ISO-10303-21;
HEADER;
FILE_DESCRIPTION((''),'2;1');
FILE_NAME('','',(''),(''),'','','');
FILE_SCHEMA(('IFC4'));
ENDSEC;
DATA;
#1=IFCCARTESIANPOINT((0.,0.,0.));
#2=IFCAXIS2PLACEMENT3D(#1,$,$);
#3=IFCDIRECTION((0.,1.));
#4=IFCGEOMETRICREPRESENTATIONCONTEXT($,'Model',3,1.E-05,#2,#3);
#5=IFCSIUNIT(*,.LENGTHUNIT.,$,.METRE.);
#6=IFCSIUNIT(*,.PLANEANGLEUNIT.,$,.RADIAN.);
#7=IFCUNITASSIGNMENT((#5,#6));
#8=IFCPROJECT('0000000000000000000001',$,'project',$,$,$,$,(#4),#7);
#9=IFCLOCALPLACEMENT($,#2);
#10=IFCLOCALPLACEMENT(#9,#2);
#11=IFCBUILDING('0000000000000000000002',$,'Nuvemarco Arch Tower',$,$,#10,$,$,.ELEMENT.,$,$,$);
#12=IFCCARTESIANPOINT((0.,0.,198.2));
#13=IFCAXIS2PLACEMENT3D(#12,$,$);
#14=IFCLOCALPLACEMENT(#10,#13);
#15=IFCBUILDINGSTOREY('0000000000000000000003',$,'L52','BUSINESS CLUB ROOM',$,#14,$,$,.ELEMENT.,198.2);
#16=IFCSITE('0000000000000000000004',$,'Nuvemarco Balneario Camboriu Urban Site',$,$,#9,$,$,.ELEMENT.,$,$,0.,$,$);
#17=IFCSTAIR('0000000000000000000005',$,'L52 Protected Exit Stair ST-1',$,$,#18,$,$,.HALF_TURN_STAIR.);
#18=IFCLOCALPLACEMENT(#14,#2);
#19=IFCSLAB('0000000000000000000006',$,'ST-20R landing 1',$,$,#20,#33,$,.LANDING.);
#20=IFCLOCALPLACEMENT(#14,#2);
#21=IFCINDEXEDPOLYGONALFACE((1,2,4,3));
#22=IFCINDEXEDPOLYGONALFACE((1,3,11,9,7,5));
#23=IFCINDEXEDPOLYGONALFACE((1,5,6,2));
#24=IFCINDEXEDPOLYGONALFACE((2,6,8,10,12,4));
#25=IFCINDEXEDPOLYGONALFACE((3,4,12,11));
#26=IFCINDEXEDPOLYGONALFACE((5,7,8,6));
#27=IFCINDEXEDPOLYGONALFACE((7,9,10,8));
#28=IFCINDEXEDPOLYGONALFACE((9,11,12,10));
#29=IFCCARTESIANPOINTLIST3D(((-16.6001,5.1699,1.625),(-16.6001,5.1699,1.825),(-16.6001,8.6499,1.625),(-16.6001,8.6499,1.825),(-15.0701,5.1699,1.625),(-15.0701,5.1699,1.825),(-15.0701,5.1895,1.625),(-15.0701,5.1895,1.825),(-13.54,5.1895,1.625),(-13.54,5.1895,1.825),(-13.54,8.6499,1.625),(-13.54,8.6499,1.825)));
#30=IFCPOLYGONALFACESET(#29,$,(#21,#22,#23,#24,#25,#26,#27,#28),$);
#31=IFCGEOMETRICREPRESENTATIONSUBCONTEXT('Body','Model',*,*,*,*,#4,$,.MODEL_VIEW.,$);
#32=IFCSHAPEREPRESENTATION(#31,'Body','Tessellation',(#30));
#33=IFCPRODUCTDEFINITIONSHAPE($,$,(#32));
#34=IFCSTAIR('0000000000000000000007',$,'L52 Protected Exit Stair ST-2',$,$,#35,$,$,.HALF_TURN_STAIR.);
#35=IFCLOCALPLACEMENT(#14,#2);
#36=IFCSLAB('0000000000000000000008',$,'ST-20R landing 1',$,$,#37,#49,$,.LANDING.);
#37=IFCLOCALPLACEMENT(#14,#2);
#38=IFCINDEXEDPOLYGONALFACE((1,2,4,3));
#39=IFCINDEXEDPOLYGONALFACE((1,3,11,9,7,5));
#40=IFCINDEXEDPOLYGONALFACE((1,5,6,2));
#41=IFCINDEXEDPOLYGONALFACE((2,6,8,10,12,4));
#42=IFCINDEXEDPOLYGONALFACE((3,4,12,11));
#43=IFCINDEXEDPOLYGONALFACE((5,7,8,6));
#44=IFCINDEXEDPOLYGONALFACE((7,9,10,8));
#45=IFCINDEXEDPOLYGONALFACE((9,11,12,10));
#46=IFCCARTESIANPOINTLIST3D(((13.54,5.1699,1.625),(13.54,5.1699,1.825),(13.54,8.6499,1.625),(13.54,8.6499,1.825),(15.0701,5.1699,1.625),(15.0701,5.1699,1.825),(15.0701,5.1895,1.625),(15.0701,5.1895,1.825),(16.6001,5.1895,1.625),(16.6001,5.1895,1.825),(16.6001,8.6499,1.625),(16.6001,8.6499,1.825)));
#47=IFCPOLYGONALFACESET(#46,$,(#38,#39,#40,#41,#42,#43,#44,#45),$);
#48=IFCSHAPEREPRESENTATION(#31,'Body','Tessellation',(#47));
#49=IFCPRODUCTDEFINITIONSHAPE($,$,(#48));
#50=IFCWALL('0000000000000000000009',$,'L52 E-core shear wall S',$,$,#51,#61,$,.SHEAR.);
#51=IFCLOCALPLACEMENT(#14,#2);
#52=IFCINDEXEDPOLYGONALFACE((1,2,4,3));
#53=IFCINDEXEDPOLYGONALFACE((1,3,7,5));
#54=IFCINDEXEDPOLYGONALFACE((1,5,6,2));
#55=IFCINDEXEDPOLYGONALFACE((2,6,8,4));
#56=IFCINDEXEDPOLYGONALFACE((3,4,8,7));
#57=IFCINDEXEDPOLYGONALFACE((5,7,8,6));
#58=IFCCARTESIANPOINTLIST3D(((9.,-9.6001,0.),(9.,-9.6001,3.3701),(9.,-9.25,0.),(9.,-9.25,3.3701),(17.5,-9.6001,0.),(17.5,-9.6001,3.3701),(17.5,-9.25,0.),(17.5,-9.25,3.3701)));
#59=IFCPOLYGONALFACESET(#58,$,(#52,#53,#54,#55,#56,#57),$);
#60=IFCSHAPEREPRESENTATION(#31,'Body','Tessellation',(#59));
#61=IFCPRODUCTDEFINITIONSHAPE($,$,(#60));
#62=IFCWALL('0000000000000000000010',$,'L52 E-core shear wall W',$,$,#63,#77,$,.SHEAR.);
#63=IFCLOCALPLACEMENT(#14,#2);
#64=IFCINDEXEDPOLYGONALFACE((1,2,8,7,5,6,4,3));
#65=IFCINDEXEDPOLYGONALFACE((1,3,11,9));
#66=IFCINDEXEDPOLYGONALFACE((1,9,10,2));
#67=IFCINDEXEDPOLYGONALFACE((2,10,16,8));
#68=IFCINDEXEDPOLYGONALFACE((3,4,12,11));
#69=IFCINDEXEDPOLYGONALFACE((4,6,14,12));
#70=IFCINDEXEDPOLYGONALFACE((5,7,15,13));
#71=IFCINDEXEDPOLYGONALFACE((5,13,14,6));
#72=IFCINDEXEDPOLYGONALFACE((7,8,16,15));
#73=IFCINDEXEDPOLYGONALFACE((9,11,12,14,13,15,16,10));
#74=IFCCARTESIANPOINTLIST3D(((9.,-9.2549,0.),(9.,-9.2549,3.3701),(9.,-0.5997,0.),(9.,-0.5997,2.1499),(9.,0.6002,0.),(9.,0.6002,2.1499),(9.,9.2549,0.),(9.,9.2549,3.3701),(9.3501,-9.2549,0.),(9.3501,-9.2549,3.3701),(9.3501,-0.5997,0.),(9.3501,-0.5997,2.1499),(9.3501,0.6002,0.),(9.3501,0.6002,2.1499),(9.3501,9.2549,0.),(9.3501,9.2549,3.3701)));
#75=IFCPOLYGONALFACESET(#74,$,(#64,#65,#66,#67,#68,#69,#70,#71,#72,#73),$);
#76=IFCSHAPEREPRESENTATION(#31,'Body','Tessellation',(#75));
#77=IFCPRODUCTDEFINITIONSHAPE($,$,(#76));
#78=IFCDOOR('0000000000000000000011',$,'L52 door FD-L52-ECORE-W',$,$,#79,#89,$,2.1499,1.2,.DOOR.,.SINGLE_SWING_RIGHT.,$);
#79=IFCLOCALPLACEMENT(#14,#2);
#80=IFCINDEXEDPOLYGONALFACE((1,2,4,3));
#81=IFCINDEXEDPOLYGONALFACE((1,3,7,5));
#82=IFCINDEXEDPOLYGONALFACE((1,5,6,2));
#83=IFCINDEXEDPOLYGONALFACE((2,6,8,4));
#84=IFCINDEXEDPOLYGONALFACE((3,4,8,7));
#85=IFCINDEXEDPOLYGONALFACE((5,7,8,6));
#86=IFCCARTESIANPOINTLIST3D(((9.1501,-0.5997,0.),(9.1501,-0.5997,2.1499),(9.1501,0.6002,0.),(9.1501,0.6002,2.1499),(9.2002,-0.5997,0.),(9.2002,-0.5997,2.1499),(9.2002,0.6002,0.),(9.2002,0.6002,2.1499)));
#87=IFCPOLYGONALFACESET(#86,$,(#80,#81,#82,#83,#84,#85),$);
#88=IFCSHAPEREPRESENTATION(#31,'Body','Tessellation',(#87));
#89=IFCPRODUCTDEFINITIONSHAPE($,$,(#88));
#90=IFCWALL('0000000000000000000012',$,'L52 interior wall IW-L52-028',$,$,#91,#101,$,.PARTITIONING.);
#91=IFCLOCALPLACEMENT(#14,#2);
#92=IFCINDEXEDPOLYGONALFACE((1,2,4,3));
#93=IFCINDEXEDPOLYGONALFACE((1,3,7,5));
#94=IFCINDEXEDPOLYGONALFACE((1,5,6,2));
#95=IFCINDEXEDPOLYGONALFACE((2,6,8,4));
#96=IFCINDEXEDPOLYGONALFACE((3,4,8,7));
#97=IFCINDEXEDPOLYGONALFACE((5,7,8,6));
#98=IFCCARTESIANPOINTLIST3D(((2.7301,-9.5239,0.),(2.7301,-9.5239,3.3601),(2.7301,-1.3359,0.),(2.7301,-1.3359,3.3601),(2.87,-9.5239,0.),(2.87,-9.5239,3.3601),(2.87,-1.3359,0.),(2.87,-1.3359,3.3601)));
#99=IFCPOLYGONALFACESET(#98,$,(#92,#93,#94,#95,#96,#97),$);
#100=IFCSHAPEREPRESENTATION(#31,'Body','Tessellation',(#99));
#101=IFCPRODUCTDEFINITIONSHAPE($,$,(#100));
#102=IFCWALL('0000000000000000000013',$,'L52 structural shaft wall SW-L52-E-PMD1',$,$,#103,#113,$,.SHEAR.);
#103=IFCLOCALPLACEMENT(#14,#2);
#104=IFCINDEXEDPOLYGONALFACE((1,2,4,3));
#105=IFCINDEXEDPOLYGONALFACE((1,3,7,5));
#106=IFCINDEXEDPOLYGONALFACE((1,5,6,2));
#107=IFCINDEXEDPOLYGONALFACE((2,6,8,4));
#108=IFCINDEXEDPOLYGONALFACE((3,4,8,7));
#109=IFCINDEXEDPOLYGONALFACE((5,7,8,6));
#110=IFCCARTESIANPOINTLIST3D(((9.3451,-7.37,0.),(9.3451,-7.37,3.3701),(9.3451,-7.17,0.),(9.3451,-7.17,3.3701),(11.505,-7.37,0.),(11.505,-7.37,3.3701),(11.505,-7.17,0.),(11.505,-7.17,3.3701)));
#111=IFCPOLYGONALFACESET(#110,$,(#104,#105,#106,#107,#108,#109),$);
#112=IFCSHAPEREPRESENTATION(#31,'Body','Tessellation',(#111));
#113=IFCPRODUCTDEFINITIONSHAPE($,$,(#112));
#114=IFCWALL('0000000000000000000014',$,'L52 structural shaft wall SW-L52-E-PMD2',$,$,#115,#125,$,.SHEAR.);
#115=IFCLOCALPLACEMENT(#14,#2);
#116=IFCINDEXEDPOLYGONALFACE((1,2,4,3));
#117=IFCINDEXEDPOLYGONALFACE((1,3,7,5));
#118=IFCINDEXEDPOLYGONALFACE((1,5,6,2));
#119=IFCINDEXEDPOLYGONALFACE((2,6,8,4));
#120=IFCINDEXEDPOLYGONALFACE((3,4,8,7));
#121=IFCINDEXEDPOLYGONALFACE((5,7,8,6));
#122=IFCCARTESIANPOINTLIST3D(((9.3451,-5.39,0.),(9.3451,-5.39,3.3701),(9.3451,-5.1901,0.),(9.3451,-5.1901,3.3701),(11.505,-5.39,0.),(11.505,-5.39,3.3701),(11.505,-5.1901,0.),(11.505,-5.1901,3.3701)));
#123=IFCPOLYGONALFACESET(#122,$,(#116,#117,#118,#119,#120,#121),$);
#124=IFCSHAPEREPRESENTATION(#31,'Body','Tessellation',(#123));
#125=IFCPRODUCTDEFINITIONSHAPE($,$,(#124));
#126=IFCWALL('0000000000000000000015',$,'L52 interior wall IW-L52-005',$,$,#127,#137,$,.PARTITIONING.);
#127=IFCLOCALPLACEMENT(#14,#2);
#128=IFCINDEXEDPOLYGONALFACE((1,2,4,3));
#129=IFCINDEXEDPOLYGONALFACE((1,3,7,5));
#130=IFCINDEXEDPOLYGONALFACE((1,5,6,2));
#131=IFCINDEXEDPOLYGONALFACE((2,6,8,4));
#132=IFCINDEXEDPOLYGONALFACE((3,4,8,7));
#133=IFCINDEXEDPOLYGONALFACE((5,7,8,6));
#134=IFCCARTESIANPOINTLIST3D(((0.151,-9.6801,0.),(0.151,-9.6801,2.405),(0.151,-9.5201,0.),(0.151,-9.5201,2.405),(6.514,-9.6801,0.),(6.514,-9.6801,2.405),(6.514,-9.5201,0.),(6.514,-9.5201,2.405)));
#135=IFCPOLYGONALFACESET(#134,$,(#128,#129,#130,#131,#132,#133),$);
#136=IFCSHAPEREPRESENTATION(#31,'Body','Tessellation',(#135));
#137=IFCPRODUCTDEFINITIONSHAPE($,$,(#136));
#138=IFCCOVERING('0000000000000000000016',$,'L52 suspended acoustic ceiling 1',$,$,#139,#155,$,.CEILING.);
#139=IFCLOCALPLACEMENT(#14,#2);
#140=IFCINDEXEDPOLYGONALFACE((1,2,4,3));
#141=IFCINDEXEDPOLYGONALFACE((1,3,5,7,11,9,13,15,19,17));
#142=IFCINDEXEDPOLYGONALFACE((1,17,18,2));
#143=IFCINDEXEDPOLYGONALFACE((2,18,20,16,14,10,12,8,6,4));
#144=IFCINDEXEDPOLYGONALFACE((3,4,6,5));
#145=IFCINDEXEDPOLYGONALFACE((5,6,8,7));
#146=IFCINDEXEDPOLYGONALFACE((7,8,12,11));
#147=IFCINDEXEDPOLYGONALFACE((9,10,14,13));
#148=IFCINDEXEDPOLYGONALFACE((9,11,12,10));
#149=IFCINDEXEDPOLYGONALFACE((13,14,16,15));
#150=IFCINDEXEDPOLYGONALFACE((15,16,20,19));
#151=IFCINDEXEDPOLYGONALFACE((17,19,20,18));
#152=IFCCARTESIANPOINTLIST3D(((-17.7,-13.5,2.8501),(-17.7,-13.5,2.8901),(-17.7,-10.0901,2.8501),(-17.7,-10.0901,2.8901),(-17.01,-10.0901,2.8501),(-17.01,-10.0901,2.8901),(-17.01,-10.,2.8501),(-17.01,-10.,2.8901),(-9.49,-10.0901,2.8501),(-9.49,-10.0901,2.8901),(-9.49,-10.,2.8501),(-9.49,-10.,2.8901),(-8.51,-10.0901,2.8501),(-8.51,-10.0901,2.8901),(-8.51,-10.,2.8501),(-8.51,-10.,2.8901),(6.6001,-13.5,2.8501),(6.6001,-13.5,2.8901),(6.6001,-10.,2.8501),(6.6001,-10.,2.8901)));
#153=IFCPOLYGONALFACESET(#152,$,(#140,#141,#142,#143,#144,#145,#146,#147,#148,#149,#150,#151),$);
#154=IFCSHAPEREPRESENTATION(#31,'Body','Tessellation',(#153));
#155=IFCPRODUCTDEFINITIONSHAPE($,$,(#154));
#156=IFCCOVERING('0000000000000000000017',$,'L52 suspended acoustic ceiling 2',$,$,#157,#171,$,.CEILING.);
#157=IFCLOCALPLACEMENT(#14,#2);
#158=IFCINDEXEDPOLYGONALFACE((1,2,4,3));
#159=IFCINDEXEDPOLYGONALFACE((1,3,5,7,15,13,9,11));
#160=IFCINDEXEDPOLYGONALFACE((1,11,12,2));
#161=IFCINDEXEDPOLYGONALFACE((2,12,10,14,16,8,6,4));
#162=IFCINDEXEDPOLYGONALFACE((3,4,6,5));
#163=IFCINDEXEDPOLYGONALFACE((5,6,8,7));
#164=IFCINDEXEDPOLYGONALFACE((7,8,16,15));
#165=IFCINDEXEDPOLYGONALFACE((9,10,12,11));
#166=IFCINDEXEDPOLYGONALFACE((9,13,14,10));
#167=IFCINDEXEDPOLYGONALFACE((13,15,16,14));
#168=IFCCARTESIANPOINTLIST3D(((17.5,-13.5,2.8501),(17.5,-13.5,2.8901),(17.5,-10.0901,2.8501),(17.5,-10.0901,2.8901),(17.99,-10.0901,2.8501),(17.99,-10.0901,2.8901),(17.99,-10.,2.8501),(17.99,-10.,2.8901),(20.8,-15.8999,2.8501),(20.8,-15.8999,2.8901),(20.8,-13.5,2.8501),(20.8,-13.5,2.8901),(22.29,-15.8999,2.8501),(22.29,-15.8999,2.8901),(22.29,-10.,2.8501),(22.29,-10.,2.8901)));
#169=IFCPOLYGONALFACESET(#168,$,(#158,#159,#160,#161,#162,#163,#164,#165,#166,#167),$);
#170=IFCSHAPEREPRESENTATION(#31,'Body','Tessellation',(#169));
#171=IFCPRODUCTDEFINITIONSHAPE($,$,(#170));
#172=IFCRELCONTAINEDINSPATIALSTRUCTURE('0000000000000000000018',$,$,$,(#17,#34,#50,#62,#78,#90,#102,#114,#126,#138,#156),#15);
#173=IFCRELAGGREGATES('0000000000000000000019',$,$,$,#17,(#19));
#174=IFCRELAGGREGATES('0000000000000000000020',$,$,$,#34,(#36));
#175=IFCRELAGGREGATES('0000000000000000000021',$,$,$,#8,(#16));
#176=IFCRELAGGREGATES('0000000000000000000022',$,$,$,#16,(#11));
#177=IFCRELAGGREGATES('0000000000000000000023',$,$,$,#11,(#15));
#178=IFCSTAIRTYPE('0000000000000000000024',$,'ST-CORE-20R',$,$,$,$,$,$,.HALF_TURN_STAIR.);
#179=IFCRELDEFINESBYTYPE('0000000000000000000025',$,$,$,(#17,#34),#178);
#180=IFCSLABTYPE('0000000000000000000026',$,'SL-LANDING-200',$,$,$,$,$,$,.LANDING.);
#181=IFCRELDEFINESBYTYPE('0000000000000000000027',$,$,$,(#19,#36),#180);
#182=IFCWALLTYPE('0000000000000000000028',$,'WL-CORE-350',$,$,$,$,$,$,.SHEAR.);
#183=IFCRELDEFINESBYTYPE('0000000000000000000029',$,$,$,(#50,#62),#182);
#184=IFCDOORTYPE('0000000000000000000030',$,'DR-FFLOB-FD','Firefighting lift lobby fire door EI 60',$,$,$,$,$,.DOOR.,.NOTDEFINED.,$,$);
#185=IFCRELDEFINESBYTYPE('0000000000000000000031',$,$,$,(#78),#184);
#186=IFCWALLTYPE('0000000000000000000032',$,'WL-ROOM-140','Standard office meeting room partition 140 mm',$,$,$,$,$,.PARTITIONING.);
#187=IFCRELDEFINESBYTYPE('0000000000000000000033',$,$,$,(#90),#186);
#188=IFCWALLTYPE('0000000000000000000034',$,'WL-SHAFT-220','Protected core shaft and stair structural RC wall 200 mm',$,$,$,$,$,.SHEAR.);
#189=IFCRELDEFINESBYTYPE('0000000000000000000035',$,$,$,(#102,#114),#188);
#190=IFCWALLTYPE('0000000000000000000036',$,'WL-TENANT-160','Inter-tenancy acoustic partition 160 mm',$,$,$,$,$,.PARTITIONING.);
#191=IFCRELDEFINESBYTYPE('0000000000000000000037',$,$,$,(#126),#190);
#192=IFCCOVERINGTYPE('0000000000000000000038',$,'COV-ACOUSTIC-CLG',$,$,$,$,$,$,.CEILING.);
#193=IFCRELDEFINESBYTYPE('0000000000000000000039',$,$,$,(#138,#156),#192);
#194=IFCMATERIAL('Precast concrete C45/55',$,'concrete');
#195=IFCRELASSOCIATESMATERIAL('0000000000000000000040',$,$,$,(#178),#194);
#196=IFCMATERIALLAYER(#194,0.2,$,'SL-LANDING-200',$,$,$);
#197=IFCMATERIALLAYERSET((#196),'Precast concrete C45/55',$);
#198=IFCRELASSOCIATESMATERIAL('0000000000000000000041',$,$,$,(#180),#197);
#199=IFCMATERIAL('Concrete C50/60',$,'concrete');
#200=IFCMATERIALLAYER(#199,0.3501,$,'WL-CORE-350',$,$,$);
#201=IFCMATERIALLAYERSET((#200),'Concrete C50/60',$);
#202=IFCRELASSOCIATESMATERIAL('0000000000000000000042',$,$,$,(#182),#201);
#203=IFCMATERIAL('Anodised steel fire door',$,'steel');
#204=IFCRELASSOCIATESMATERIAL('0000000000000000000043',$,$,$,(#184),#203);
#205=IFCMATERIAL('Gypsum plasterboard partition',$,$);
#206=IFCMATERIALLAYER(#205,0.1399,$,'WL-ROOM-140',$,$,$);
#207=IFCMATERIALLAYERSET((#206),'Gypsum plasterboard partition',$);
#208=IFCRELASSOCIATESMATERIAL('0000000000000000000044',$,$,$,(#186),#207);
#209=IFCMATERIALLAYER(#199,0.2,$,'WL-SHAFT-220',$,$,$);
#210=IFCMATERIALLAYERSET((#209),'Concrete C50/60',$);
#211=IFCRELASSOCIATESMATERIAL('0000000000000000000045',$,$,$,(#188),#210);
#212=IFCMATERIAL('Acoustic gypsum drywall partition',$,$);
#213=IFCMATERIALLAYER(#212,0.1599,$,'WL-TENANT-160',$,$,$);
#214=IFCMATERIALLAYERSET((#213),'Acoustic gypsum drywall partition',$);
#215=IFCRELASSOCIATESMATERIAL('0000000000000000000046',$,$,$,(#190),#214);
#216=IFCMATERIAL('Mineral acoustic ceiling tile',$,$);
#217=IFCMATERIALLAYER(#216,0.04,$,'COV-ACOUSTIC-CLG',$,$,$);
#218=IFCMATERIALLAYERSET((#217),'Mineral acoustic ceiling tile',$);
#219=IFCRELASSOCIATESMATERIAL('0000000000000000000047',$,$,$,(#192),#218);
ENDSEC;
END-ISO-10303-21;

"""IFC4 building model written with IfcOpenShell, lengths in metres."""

from ifc_helpers import new_model, si_unit, direction, frame, frame_2d, origin, place, context, subcontext, project, spatial, polyline, rectangle, outline, extrude, source, transform, mapped, material, layer, layer_set, type_object, type_shapes, element, fill, aggregate, save


model = new_model("IFC4")

# Units and contexts
model_context = context("Model", 3, precision=1e-05, world=origin(), true_north=direction((0.0, 1.0)))
body_context = subcontext(model_context, "Body", "Model", "MODEL_VIEW")
ifc_project = project(units=[si_unit("LENGTHUNIT", "METRE"), si_unit("PLANEANGLEUNIT", "RADIAN")], contexts=[model_context])

# Site, building, storey
site_placement = place(None, origin())
site = spatial("IfcSite", under=ifc_project, at=site_placement, Name="Nuvemarco Balneario Camboriu Urban Site", CompositionType="ELEMENT", RefElevation=0.0)
building_placement = place(site_placement, origin())
building = spatial("IfcBuilding", under=site, at=building_placement, Name="Nuvemarco Arch Tower", CompositionType="ELEMENT")
storey_placement = place(building_placement, frame((0.0, 0.0, 198.2)))
storey = spatial("IfcBuildingStorey", under=building, at=storey_placement, Name="L52", Description="BUSINESS CLUB ROOM", CompositionType="ELEMENT", Elevation=198.2)

# Shared definitions
ifc_material_1 = material(Name="Concrete C50/60", Category="concrete")

# Stairs, slabs
ifc_material_2 = material(Name="Precast concrete C45/55", Category="concrete")
stair_type = type_object("IfcStairType", Name="ST-CORE-20R", PredefinedType="HALF_TURN_STAIR", material=ifc_material_2)
stair_1_placement = place(storey_placement, origin())
stair_1 = element("IfcStair", 1, at=stair_1_placement, inside=storey, type_object=stair_type, Name="L52 Protected Exit Stair ST-1", PredefinedType="HALF_TURN_STAIR")
ifc_layer_1 = layer(ifc_material_2, 0.2, Name="SL-LANDING-200")
ifc_layer_set_1 = layer_set([ifc_layer_1], Name="Precast concrete C45/55")
slab_type = type_object("IfcSlabType", Name="SL-LANDING-200", PredefinedType="LANDING", material=ifc_layer_set_1)
slab_1_placement = place(storey_placement, frame((0.0, 0.0, 1.625)))
slab_1 = element("IfcSlab", 2, at=slab_1_placement, type_object=slab_type, Name="ST-20R landing 1", PredefinedType="LANDING", context=body_context, shape_type="SweptSolid", body=[
    extrude(outline(polyline([(-13.54, 5.1895), (-13.54, 8.6499), (-16.6001, 8.6499), (-16.6001, 5.1699), (-15.0701, 5.1699), (-15.0701, 5.1895), (-13.54, 5.1895)])), origin(), (0.0, 0.0, 1.0), 0.2),
])
aggregate(stair_1, [slab_1])
stair_2_placement = place(storey_placement, origin())
stair_2 = element("IfcStair", 3, at=stair_2_placement, inside=storey, type_object=stair_type, Name="L52 Protected Exit Stair ST-2", PredefinedType="HALF_TURN_STAIR")
slab_2_placement = place(storey_placement, frame((0.0, 0.0, 1.625)))
slab_2 = element("IfcSlab", 4, at=slab_2_placement, type_object=slab_type, Name="ST-20R landing 1", PredefinedType="LANDING", context=body_context, shape_type="SweptSolid", body=[
    extrude(outline(polyline([(16.6001, 5.1895), (16.6001, 8.6499), (13.54, 8.6499), (13.54, 5.1699), (15.0701, 5.1699), (15.0701, 5.1895), (16.6001, 5.1895)])), origin(), (0.0, 0.0, 1.0), 0.2),
])
aggregate(stair_2, [slab_2])

# Wall
ifc_layer_2 = layer(ifc_material_1, 0.3501, Name="WL-CORE-350")
ifc_layer_set_2 = layer_set([ifc_layer_2], Name="Concrete C50/60")
wall_type_1 = type_object("IfcWallType", Name="WL-CORE-350", PredefinedType="SHEAR", material=ifc_layer_set_2)
wall_1_placement = place(storey_placement, frame((9.0, -9.425, 0.0), z_axis=(0.0, 0.0, 1.0), x_axis=(1.0, 0.0, 0.0)))
element("IfcWall", 5, at=wall_1_placement, inside=storey, type_object=wall_type_1, Name="L52 E-core shear wall S", PredefinedType="SHEAR", context=body_context, shape_type="SweptSolid", body=[
    extrude(rectangle(XDim=8.5, YDim=0.3501, at=frame_2d((4.25, 0.0))), origin(), (0.0, 0.0, 1.0), 3.3701),
])

# Wall, opening, door
wall_2_placement = place(storey_placement, frame((9.175, -9.2549, 0.0), z_axis=(0.0, 0.0, 1.0), x_axis=(0.0, 1.0, 0.0)))
wall_2 = element("IfcWall", 6, at=wall_2_placement, inside=storey, type_object=wall_type_1, Name="L52 E-core shear wall W", PredefinedType="SHEAR", context=body_context, shape_type="SweptSolid", body=[
    extrude(rectangle(XDim=18.5098, YDim=0.3501, at=frame_2d((9.2549, 0.0))), origin(), (0.0, 0.0, 1.0), 3.3701),
])
opening_placement = place(wall_2_placement, frame((8.655, 0.0, 0.0)))
opening = element("IfcOpeningElement", 7, at=opening_placement, cuts=wall_2, PredefinedType="OPENING", context=body_context, shape_type="SweptSolid", body=[
    extrude(rectangle(XDim=1.2, YDim=2.1499, at=frame_2d((0.6001, 1.075))), frame((0.0, 0.1851, 0.0), z_axis=(0.0, -1.0, 0.0), x_axis=(1.0, 0.0, 0.0)), (0.0, 0.0, 1.0), 0.3701),
])
ifc_material_3 = material(Name="Anodised steel fire door", Category="steel")
door_type = type_object("IfcDoorType", Name="DR-FFLOB-FD", Description="Firefighting lift lobby fire door EI 60", OperationType="NOTDEFINED", PredefinedType="DOOR", material=ifc_material_3)
shared_shape = source(origin(), body_context, "Body", "SweptSolid", [
    extrude(rectangle(XDim=1.2, YDim=2.1499, at=frame_2d((0.6001, 1.075))), frame((0.0, 0.0249, 0.0), z_axis=(0.0, -1.0, 0.0), x_axis=(1.0, 0.0, 0.0)), (0.0, 0.0, 1.0), 0.05),
])
type_shapes(door_type, [shared_shape])
door_placement = place(opening_placement, origin())
door = element("IfcDoor", 8, at=door_placement, inside=storey, type_object=door_type, Name="L52 door FD-L52-ECORE-W", OperationType="SINGLE_SWING_RIGHT", OverallHeight=2.1499, OverallWidth=1.2, PredefinedType="DOOR", context=body_context, shape_type="MappedRepresentation", body=[
    mapped(shared_shape, transform((0.0, 0.0, 0.0), scale=1.0)),
])
fill(opening, door)

# Walls
ifc_material_4 = material(Name="Gypsum plasterboard partition")
ifc_layer_3 = layer(ifc_material_4, 0.1399, Name="WL-ROOM-140")
ifc_layer_set_3 = layer_set([ifc_layer_3], Name="Gypsum plasterboard partition")
wall_type_2 = type_object("IfcWallType", Name="WL-ROOM-140", Description="Standard office meeting room partition 140 mm", PredefinedType="PARTITIONING", material=ifc_layer_set_3)
wall_3_placement = place(storey_placement, frame((2.8, -9.5239, 0.0), z_axis=(0.0, 0.0, 1.0), x_axis=(0.0, 1.0, 0.0)))
element("IfcWall", 9, at=wall_3_placement, inside=storey, type_object=wall_type_2, Name="L52 interior wall IW-L52-028", PredefinedType="PARTITIONING", context=body_context, shape_type="SweptSolid", body=[
    extrude(rectangle(XDim=8.188, YDim=0.1399, at=frame_2d((4.094, 0.0))), origin(), (0.0, 0.0, 1.0), 3.3601),
])
ifc_layer_4 = layer(ifc_material_1, 0.2, Name="WL-SHAFT-220")
ifc_layer_set_4 = layer_set([ifc_layer_4], Name="Concrete C50/60")
wall_type_3 = type_object("IfcWallType", Name="WL-SHAFT-220", Description="Protected core shaft and stair structural RC wall 200 mm", PredefinedType="SHEAR", material=ifc_layer_set_4)
for number, where, z_axis, x_axis, name in (
    (10, (9.345, -7.27, 0.0), (0.0, 0.0, 1.0), (1.0, 0.0, 0.0), "L52 structural shaft wall SW-L52-E-PMD1"),
    (11, (9.345, -5.29, 0.0), (0.0, 0.0, 1.0), (1.0, 0.0, 0.0), "L52 structural shaft wall SW-L52-E-PMD2"),
):
    element("IfcWall", number, at=place(storey_placement, frame(where, z_axis=z_axis, x_axis=x_axis)), inside=storey, type_object=wall_type_3, Name=name, PredefinedType="SHEAR", context=body_context, shape_type="SweptSolid", body=[
        extrude(rectangle(XDim=2.1599, YDim=0.2, at=frame_2d((1.0801, 0.0))), origin(), (0.0, 0.0, 1.0), 3.3701),
    ])
ifc_material_5 = material(Name="Acoustic gypsum drywall partition")
ifc_layer_5 = layer(ifc_material_5, 0.1599, Name="WL-TENANT-160")
ifc_layer_set_5 = layer_set([ifc_layer_5], Name="Acoustic gypsum drywall partition")
wall_type_4 = type_object("IfcWallType", Name="WL-TENANT-160", Description="Inter-tenancy acoustic partition 160 mm", PredefinedType="PARTITIONING", material=ifc_layer_set_5)
wall_4_placement = place(storey_placement, frame((0.1509, -9.6001, 0.0), z_axis=(0.0, 0.0, 1.0), x_axis=(1.0, 0.0, 0.0)))
element("IfcWall", 12, at=wall_4_placement, inside=storey, type_object=wall_type_4, Name="L52 interior wall IW-L52-005", PredefinedType="PARTITIONING", context=body_context, shape_type="SweptSolid", body=[
    extrude(rectangle(XDim=6.363, YDim=0.1599, at=frame_2d((3.1816, 0.0))), origin(), (0.0, 0.0, 1.0), 2.405),
])

# Coverings
ifc_material_6 = material(Name="Mineral acoustic ceiling tile")
ifc_layer_6 = layer(ifc_material_6, 0.04, Name="COV-ACOUSTIC-CLG")
ifc_layer_set_6 = layer_set([ifc_layer_6], Name="Mineral acoustic ceiling tile")
covering_type = type_object("IfcCoveringType", Name="COV-ACOUSTIC-CLG", PredefinedType="CEILING", material=ifc_layer_set_6)
covering_1_placement = place(storey_placement, frame((0.0, 0.0, 2.8501)))
element("IfcCovering", 13, at=covering_1_placement, inside=storey, type_object=covering_type, Name="L52 suspended acoustic ceiling 1", PredefinedType="CEILING", context=body_context, shape_type="SweptSolid", body=[
    extrude(outline(polyline([(-9.49, -10.0901), (-8.51, -10.0901), (-8.51, -10.0), (6.6001, -10.0), (6.6001, -13.5), (-17.7, -13.5), (-17.7, -10.0901), (-17.01, -10.0901), (-17.01, -10.0), (-9.49, -10.0), (-9.49, -10.0901)])), origin(), (0.0, 0.0, 1.0), 0.04),
])
covering_2_placement = place(storey_placement, frame((0.0, 0.0, 2.8501)))
element("IfcCovering", 14, at=covering_2_placement, inside=storey, type_object=covering_type, Name="L52 suspended acoustic ceiling 2", PredefinedType="CEILING", context=body_context, shape_type="SweptSolid", body=[
    extrude(outline(polyline([(17.5, -10.0901), (17.99, -10.0901), (17.99, -10.0), (22.29, -10.0), (22.29, -15.8999), (20.8, -15.8999), (20.8, -13.5), (17.5, -13.5), (17.5, -10.0901)])), origin(), (0.0, 0.0, 1.0), 0.04),
])

save(model, "model.ifc")
